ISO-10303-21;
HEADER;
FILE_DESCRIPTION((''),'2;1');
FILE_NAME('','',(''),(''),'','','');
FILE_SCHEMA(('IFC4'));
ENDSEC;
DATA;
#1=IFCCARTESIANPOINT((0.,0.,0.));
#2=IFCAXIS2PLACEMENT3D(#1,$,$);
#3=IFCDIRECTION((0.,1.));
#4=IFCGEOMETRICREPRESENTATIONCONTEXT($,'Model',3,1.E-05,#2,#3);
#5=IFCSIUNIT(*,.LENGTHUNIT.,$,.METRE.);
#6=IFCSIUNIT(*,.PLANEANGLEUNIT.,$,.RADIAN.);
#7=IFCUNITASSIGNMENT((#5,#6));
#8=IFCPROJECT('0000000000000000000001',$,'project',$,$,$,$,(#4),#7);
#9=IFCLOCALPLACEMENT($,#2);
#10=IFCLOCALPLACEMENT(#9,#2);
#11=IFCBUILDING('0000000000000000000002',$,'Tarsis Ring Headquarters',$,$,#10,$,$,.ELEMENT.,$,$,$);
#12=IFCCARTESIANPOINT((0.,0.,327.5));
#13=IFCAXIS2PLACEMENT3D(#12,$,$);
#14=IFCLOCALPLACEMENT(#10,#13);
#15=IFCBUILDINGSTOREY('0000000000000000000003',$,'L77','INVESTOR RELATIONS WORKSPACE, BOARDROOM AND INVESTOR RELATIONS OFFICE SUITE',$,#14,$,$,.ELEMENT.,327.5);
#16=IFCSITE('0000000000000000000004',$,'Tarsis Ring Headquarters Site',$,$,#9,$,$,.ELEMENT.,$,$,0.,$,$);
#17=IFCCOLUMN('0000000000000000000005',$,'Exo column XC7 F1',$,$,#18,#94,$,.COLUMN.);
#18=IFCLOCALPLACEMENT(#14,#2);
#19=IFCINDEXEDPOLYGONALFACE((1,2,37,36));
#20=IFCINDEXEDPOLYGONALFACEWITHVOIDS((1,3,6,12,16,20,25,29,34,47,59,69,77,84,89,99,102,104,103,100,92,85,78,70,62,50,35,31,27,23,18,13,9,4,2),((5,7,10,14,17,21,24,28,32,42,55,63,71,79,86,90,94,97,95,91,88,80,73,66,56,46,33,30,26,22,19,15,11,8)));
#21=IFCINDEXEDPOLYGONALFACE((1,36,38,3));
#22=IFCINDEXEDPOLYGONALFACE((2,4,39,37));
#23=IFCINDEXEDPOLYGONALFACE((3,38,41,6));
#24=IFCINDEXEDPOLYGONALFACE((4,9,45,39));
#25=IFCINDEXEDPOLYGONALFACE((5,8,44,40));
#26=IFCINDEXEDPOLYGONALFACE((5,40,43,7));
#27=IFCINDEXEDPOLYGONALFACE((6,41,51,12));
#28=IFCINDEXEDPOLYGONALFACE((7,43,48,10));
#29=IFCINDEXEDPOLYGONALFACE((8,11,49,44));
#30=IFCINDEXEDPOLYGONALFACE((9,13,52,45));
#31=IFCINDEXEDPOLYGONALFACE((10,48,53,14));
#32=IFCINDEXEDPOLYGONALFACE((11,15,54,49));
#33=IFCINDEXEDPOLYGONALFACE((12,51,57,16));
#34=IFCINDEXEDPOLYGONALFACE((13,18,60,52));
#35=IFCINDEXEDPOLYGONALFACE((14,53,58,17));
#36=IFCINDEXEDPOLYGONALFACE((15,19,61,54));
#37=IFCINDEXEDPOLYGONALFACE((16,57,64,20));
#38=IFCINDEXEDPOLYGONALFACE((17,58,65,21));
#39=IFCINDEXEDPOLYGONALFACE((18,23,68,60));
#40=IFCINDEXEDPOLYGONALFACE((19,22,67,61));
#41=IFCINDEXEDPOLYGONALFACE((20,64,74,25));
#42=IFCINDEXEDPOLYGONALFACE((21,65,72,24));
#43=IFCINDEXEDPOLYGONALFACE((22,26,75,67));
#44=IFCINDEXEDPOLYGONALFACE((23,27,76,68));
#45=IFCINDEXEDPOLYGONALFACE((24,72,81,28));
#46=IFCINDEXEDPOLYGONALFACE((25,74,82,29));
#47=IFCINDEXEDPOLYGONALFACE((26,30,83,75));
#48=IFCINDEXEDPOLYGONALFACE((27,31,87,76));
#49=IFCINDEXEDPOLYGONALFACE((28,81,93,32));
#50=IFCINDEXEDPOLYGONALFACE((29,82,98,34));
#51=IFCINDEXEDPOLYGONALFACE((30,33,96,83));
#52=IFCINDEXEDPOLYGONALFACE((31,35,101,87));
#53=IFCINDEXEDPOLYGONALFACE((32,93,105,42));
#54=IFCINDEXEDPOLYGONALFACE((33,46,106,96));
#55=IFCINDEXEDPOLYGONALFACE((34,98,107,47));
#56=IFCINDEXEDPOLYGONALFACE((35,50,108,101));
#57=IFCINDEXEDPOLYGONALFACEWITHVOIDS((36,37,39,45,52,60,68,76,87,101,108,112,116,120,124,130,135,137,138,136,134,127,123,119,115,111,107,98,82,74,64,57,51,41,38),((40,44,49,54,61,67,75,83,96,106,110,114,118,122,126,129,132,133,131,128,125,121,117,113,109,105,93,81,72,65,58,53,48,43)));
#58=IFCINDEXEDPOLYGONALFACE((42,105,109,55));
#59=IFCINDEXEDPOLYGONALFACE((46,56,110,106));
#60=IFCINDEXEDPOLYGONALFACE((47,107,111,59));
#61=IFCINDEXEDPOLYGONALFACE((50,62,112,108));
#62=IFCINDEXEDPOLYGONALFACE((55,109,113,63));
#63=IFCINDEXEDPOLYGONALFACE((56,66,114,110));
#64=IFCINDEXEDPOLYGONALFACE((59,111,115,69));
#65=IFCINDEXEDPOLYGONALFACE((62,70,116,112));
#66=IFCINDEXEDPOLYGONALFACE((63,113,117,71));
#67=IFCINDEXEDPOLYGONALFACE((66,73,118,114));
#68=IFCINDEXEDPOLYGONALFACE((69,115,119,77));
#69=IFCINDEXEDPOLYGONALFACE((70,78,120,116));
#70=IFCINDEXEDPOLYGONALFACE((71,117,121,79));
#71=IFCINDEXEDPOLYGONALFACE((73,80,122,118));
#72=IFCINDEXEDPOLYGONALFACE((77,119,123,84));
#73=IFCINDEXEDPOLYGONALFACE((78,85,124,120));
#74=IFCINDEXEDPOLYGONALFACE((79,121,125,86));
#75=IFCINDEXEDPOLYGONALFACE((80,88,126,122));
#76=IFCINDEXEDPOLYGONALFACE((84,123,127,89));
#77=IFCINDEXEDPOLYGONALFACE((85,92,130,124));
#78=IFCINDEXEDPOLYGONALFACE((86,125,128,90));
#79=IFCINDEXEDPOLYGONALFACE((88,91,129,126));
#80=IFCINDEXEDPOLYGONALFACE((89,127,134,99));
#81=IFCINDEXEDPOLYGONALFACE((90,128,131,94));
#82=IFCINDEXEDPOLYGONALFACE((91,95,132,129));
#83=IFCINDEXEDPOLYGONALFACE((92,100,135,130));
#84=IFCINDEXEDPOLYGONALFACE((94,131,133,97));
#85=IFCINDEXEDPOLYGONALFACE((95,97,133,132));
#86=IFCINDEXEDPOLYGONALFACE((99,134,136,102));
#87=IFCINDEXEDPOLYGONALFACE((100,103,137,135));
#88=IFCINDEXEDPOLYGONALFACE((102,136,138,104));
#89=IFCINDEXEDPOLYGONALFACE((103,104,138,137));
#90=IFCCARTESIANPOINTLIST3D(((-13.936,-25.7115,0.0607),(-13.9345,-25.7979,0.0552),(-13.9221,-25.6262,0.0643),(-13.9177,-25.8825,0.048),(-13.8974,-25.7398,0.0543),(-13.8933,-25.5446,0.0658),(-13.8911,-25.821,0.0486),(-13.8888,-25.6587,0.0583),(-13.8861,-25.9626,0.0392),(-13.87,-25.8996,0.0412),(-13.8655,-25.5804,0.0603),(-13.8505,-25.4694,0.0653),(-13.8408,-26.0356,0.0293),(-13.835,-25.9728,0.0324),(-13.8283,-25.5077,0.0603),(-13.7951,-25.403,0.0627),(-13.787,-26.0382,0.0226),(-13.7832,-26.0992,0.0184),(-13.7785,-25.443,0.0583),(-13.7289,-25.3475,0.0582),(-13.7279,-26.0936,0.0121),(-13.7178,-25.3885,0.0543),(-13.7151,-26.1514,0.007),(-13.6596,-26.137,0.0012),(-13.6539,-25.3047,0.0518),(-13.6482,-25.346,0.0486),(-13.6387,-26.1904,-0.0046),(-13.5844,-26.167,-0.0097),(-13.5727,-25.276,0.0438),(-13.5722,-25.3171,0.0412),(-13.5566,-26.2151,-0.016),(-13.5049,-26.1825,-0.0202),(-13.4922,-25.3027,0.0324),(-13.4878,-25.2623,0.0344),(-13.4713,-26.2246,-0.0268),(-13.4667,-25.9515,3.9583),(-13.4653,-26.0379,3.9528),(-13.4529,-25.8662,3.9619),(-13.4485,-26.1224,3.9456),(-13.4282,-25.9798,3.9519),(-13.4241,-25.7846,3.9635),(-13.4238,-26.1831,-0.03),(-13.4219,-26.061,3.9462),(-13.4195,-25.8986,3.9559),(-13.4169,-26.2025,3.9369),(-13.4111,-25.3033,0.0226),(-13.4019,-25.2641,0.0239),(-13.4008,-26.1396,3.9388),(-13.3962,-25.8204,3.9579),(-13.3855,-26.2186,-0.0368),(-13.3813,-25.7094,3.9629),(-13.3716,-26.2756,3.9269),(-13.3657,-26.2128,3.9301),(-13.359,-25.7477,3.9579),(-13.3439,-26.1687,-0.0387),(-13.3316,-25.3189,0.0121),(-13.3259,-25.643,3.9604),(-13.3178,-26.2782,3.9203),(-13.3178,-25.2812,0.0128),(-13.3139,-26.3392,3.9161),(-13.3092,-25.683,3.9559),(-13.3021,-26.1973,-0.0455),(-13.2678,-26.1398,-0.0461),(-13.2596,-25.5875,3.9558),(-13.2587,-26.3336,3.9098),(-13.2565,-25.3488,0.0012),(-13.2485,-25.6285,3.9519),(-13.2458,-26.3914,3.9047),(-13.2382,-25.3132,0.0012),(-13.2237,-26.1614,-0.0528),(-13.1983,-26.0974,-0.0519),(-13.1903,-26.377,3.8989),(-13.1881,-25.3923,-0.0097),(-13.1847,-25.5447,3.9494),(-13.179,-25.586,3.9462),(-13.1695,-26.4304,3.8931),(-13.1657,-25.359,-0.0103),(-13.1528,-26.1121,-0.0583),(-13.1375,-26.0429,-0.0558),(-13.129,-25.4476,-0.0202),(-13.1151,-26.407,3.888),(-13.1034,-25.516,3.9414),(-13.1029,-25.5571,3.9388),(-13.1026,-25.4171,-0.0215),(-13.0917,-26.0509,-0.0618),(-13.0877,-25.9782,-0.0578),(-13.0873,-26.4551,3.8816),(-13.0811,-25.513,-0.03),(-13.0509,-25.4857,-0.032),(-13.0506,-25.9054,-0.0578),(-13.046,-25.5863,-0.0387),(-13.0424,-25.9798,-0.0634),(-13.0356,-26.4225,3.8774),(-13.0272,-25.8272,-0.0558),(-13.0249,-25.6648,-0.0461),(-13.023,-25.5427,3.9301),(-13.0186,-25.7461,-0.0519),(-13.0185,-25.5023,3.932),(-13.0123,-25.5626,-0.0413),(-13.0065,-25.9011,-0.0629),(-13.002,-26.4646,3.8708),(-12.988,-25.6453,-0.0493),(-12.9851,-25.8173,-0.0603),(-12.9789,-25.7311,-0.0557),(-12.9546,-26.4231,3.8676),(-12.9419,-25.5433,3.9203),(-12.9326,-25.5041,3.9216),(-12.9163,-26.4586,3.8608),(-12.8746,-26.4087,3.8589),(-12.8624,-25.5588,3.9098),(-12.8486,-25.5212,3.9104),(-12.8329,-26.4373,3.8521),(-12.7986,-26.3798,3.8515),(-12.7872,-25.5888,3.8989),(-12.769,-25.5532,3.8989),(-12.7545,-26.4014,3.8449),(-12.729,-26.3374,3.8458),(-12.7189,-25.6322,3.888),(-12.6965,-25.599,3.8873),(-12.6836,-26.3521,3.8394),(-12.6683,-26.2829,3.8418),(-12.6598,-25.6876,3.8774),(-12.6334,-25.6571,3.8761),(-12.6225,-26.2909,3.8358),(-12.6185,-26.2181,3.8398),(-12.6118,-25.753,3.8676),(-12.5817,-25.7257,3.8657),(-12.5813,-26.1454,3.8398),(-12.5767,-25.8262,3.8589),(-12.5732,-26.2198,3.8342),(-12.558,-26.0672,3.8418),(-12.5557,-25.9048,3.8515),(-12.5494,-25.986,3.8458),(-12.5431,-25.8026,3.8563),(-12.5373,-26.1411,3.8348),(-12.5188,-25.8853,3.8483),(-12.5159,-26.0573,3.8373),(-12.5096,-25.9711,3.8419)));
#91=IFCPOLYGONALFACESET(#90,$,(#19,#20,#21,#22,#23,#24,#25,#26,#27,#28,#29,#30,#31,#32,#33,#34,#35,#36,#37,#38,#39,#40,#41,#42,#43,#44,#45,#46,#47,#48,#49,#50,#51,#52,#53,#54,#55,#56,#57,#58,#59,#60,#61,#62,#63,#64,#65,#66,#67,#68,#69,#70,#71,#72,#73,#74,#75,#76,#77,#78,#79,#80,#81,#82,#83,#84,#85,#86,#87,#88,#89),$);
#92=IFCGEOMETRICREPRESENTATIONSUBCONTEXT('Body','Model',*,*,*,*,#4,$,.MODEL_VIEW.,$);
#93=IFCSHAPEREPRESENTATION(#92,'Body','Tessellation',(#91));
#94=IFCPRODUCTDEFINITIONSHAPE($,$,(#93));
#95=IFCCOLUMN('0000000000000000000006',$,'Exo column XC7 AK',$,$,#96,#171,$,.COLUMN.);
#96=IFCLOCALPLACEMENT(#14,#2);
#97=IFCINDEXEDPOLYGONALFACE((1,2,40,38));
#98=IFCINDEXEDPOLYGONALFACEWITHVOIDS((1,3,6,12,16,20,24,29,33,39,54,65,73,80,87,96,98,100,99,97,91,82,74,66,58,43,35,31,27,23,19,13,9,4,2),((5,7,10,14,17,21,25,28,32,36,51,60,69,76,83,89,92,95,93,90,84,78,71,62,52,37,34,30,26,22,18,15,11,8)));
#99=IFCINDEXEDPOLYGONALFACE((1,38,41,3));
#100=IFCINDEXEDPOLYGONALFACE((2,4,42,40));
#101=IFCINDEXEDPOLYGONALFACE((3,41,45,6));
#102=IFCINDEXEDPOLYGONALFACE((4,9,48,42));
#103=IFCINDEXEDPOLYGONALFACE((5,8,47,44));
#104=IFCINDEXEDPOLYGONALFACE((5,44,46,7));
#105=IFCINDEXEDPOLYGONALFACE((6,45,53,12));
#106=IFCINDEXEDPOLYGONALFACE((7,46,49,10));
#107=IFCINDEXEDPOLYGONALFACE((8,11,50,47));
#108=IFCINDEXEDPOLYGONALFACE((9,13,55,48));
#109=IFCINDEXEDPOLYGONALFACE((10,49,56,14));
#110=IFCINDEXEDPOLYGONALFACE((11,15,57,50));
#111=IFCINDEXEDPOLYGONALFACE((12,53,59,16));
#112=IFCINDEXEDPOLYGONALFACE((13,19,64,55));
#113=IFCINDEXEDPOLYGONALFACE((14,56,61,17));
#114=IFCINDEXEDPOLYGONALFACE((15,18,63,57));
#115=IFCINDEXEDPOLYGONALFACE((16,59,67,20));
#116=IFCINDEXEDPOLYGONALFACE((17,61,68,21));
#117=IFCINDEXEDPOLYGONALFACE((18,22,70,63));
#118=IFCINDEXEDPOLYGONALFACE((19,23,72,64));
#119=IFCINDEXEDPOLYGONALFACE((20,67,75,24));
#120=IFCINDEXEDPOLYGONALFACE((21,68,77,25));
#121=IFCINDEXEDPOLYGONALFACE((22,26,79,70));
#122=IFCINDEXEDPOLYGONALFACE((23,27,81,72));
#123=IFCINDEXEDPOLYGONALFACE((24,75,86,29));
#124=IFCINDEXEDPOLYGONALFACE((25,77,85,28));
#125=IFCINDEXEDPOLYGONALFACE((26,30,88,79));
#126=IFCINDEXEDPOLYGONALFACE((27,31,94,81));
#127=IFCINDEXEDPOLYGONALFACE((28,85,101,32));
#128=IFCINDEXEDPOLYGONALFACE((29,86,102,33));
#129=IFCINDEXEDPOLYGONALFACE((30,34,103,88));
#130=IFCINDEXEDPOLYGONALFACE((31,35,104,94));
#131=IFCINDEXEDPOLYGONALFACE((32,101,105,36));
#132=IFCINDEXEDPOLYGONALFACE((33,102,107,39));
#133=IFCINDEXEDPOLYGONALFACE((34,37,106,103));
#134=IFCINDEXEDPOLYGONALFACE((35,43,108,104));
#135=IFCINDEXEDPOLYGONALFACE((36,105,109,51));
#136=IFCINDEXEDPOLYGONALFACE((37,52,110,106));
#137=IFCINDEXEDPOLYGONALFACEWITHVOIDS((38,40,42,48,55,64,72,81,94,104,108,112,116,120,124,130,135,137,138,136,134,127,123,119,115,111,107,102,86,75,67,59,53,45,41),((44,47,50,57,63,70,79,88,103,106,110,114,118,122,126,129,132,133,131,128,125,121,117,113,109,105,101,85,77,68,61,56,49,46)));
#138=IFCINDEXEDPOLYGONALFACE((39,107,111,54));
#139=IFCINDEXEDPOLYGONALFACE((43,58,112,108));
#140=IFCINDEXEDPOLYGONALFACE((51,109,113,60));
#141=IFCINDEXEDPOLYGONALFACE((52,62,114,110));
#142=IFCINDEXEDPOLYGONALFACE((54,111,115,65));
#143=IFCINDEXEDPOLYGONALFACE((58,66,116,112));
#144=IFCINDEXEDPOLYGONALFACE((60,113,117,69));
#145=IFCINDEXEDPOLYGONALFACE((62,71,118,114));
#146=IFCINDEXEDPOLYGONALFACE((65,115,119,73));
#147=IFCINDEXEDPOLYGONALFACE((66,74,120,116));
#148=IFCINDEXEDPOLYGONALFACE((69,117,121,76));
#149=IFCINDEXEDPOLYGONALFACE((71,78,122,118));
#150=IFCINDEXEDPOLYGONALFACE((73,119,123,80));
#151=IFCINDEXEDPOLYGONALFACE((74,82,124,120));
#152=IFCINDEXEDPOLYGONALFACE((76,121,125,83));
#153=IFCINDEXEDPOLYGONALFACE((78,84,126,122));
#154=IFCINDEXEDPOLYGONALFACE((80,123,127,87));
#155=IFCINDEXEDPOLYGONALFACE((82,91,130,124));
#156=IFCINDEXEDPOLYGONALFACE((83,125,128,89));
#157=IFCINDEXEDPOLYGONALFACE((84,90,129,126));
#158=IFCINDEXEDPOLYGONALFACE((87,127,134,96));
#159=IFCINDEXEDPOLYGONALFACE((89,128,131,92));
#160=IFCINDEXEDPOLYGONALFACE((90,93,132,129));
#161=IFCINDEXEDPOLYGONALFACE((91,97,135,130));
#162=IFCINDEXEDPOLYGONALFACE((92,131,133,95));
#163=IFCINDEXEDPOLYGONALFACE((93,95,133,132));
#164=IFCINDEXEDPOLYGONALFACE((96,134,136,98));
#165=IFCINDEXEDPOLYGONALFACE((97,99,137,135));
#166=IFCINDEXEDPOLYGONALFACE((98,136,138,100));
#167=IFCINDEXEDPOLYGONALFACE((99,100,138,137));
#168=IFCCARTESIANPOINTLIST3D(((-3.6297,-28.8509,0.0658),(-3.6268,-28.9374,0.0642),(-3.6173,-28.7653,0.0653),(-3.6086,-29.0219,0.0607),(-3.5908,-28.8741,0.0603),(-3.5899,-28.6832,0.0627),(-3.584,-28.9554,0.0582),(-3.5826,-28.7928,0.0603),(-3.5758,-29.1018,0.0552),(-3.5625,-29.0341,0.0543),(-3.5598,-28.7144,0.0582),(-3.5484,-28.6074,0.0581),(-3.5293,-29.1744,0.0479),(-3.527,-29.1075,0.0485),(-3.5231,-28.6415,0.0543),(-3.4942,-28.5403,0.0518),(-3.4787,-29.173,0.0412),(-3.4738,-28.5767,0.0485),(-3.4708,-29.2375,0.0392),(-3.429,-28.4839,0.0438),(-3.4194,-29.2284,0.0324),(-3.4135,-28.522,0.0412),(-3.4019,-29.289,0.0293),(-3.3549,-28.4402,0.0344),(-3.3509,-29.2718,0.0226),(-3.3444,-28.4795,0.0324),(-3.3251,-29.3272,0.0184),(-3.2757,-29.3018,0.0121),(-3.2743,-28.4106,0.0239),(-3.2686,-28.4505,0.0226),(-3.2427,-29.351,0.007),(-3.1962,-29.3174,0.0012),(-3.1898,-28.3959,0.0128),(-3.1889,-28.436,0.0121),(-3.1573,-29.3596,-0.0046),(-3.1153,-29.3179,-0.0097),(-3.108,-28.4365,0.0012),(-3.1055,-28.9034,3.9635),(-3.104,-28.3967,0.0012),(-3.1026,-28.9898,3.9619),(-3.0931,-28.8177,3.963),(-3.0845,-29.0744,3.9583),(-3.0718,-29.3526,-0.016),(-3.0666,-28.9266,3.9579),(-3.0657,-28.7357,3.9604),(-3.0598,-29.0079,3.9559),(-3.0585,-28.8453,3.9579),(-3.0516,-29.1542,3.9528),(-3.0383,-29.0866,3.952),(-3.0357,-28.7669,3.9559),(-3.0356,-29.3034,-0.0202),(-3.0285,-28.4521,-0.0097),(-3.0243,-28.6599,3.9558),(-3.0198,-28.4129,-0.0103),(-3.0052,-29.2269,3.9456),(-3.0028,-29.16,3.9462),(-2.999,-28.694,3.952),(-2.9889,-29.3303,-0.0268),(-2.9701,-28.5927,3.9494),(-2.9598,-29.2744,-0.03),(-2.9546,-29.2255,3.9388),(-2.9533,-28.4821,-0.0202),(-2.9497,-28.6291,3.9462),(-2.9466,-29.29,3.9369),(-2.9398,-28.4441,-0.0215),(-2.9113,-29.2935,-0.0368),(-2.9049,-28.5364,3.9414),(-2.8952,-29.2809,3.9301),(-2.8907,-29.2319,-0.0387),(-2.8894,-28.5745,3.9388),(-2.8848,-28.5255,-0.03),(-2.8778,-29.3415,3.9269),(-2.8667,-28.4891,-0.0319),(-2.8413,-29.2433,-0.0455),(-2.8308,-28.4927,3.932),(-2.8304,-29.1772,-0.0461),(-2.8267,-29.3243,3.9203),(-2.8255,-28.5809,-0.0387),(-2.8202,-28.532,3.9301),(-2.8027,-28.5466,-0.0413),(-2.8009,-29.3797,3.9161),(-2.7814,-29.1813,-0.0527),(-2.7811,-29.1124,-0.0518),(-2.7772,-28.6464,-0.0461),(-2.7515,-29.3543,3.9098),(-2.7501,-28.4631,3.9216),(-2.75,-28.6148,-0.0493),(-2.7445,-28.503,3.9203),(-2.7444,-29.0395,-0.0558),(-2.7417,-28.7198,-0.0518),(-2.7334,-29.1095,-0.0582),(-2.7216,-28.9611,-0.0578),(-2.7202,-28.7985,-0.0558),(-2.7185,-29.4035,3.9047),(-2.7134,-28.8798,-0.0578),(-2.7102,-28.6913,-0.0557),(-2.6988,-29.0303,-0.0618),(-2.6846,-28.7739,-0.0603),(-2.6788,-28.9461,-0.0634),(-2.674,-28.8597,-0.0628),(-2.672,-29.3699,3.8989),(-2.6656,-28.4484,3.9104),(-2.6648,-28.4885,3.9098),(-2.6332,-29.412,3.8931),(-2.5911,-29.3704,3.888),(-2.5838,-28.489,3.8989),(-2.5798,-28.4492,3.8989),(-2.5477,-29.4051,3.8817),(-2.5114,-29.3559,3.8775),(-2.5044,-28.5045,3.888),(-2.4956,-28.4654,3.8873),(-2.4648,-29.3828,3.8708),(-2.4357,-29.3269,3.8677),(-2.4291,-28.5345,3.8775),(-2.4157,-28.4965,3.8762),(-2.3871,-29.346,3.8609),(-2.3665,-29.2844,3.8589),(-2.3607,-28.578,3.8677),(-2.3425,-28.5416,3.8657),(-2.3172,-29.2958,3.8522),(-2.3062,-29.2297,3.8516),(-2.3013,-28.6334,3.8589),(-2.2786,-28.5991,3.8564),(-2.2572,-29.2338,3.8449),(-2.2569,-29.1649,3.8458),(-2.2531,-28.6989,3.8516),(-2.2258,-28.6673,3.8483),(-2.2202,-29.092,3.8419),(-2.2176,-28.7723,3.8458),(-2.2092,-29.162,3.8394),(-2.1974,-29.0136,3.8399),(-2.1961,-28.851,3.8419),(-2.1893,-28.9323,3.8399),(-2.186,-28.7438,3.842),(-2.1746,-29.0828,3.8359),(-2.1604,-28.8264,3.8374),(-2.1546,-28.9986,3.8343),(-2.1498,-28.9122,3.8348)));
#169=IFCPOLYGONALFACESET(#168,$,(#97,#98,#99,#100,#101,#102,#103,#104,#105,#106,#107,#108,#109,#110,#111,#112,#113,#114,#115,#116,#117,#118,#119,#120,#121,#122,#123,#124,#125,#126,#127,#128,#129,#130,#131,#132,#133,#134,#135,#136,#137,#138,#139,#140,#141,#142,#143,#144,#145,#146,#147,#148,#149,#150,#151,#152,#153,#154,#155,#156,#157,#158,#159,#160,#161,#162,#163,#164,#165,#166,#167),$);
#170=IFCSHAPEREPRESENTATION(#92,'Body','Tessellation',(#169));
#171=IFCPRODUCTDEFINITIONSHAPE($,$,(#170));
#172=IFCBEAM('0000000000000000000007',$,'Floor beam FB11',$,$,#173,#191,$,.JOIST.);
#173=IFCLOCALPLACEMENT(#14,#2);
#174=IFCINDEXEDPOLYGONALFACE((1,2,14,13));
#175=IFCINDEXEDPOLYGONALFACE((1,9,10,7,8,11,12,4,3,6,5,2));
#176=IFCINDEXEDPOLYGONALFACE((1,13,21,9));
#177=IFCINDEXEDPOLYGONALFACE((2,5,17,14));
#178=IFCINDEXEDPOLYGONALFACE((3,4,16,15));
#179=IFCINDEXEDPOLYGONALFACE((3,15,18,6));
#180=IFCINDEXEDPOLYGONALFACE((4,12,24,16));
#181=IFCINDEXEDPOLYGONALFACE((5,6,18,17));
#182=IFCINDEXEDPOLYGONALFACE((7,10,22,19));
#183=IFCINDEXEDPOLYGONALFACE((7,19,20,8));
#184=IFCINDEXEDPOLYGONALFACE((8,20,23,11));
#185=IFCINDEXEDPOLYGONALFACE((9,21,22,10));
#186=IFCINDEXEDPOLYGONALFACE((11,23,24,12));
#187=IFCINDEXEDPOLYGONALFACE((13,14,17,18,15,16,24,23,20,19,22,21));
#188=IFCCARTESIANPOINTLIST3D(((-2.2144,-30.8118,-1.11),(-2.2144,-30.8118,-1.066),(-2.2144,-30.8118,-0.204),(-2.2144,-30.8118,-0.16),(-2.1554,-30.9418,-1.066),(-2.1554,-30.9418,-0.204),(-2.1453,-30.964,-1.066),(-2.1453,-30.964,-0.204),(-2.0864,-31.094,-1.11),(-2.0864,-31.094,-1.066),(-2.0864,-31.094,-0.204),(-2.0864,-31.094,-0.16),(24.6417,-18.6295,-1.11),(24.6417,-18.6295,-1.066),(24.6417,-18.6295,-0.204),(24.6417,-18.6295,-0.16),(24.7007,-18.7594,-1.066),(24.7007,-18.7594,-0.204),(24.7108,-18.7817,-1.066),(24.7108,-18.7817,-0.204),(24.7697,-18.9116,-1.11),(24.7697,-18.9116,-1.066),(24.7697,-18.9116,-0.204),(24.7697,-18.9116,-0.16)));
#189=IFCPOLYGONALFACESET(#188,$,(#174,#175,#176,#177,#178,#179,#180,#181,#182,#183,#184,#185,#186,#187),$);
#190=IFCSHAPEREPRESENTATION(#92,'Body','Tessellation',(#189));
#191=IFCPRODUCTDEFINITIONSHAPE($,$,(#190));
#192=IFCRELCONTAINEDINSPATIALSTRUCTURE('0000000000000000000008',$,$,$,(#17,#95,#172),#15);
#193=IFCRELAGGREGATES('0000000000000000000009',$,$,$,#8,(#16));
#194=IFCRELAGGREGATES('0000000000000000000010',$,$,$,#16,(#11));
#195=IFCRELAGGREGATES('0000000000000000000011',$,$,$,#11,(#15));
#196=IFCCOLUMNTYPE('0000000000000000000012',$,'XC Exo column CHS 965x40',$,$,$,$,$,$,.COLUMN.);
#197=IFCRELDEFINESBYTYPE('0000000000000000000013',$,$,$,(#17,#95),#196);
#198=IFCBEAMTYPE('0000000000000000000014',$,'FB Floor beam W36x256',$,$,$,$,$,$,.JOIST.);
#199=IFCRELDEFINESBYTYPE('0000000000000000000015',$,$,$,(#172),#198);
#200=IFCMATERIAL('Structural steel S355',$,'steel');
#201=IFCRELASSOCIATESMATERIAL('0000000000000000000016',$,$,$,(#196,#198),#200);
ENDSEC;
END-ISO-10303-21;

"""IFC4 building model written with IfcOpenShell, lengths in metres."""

from ifc_helpers import new_model, si_unit, direction, frame, origin, origin_2d, place, context, subcontext, project, spatial, hollow_circle, i_section, extrude, material, material_profile, profile_set, type_object, element, save


model = new_model("IFC4")

# Units and contexts
model_context = context("Model", 3, precision=1e-05, world=origin(), true_north=direction((0.0, 1.0)))
body_context = subcontext(model_context, "Body", "Model", "MODEL_VIEW")
ifc_project = project(units=[si_unit("LENGTHUNIT", "METRE"), si_unit("PLANEANGLEUNIT", "RADIAN")], contexts=[model_context])

# Site, building, storey
site_placement = place(None, origin())
site = spatial("IfcSite", under=ifc_project, at=site_placement, Name="Tarsis Ring Headquarters Site", CompositionType="ELEMENT", RefElevation=0.0)
building_placement = place(site_placement, origin())
building = spatial("IfcBuilding", under=site, at=building_placement, Name="Tarsis Ring Headquarters", CompositionType="ELEMENT")
storey_placement = place(building_placement, frame((0.0, 0.0, 327.5)))
storey = spatial("IfcBuildingStorey", under=building, at=storey_placement, Name="L77", Description="INVESTOR RELATIONS WORKSPACE, BOARDROOM AND INVESTOR RELATIONS OFFICE SUITE", CompositionType="ELEMENT", Elevation=327.5)

# Columns
ifc_material_1 = material(Name="Structural steel S355", Category="steel")
ifc_material_profile_1 = material_profile(ifc_material_1, hollow_circle(Radius=0.4827, WallThickness=0.04, at=origin_2d()), Name="CHS 965x40")
ifc_profile_set_1 = profile_set([ifc_material_profile_1], Name="Structural steel S355")
column_type = type_object("IfcColumnType", Name="XC Exo column CHS 965x40", PredefinedType="COLUMN", material=ifc_profile_set_1)
for number, where, z_axis, x_axis, name in (
    (1, (-13.458, -25.7429, 0.0012), (0.119303, -0.061017, 0.990981), (0.455348, 0.890314, 0.0), "Exo column XC7 F1"),
    (2, (-3.1521, -28.877, 0.0012), (0.13327, -0.013346, 0.99099), (0.099641, 0.995023, 0.0), "Exo column XC7 AK"),
):
    element("IfcColumn", number, at=place(storey_placement, frame(where, z_axis=z_axis, x_axis=x_axis)), inside=storey, type_object=column_type, Name=name, PredefinedType="COLUMN", context=body_context, shape_type="SweptSolid", body=[
        extrude(hollow_circle(Radius=0.4827, WallThickness=0.04, at=origin_2d()), origin(), (0.0, 0.0, 1.0), 3.9331),
    ])

# Beam
ifc_material_profile_2 = material_profile(ifc_material_1, i_section(OverallWidth=0.3098, OverallDepth=0.95, WebThickness=0.0244, FlangeThickness=0.0439, at=origin_2d()), Name="W36x256")
ifc_profile_set_2 = profile_set([ifc_material_profile_2], Name="Structural steel S355")
beam_type_1 = type_object("IfcBeamType", Name="FB Floor beam W36x256", PredefinedType="JOIST", material=ifc_profile_set_2)
beam_1_placement = place(storey_placement, frame((-2.1504, -30.9529, -0.635), z_axis=(0.910685, 0.4131, 0.0), x_axis=(-0.4131, 0.910685, 0.0)))
element("IfcBeam", 3, at=beam_1_placement, inside=storey, type_object=beam_type_1, Name="Floor beam FB11", PredefinedType="JOIST", context=body_context, shape_type="SweptSolid", body=[
    extrude(i_section(OverallWidth=0.3098, OverallDepth=0.95, WebThickness=0.0244, FlangeThickness=0.0439, at=origin_2d()), origin(), (0.0, 0.0, 1.0), 29.49),
])

save(model, "model.ifc")
